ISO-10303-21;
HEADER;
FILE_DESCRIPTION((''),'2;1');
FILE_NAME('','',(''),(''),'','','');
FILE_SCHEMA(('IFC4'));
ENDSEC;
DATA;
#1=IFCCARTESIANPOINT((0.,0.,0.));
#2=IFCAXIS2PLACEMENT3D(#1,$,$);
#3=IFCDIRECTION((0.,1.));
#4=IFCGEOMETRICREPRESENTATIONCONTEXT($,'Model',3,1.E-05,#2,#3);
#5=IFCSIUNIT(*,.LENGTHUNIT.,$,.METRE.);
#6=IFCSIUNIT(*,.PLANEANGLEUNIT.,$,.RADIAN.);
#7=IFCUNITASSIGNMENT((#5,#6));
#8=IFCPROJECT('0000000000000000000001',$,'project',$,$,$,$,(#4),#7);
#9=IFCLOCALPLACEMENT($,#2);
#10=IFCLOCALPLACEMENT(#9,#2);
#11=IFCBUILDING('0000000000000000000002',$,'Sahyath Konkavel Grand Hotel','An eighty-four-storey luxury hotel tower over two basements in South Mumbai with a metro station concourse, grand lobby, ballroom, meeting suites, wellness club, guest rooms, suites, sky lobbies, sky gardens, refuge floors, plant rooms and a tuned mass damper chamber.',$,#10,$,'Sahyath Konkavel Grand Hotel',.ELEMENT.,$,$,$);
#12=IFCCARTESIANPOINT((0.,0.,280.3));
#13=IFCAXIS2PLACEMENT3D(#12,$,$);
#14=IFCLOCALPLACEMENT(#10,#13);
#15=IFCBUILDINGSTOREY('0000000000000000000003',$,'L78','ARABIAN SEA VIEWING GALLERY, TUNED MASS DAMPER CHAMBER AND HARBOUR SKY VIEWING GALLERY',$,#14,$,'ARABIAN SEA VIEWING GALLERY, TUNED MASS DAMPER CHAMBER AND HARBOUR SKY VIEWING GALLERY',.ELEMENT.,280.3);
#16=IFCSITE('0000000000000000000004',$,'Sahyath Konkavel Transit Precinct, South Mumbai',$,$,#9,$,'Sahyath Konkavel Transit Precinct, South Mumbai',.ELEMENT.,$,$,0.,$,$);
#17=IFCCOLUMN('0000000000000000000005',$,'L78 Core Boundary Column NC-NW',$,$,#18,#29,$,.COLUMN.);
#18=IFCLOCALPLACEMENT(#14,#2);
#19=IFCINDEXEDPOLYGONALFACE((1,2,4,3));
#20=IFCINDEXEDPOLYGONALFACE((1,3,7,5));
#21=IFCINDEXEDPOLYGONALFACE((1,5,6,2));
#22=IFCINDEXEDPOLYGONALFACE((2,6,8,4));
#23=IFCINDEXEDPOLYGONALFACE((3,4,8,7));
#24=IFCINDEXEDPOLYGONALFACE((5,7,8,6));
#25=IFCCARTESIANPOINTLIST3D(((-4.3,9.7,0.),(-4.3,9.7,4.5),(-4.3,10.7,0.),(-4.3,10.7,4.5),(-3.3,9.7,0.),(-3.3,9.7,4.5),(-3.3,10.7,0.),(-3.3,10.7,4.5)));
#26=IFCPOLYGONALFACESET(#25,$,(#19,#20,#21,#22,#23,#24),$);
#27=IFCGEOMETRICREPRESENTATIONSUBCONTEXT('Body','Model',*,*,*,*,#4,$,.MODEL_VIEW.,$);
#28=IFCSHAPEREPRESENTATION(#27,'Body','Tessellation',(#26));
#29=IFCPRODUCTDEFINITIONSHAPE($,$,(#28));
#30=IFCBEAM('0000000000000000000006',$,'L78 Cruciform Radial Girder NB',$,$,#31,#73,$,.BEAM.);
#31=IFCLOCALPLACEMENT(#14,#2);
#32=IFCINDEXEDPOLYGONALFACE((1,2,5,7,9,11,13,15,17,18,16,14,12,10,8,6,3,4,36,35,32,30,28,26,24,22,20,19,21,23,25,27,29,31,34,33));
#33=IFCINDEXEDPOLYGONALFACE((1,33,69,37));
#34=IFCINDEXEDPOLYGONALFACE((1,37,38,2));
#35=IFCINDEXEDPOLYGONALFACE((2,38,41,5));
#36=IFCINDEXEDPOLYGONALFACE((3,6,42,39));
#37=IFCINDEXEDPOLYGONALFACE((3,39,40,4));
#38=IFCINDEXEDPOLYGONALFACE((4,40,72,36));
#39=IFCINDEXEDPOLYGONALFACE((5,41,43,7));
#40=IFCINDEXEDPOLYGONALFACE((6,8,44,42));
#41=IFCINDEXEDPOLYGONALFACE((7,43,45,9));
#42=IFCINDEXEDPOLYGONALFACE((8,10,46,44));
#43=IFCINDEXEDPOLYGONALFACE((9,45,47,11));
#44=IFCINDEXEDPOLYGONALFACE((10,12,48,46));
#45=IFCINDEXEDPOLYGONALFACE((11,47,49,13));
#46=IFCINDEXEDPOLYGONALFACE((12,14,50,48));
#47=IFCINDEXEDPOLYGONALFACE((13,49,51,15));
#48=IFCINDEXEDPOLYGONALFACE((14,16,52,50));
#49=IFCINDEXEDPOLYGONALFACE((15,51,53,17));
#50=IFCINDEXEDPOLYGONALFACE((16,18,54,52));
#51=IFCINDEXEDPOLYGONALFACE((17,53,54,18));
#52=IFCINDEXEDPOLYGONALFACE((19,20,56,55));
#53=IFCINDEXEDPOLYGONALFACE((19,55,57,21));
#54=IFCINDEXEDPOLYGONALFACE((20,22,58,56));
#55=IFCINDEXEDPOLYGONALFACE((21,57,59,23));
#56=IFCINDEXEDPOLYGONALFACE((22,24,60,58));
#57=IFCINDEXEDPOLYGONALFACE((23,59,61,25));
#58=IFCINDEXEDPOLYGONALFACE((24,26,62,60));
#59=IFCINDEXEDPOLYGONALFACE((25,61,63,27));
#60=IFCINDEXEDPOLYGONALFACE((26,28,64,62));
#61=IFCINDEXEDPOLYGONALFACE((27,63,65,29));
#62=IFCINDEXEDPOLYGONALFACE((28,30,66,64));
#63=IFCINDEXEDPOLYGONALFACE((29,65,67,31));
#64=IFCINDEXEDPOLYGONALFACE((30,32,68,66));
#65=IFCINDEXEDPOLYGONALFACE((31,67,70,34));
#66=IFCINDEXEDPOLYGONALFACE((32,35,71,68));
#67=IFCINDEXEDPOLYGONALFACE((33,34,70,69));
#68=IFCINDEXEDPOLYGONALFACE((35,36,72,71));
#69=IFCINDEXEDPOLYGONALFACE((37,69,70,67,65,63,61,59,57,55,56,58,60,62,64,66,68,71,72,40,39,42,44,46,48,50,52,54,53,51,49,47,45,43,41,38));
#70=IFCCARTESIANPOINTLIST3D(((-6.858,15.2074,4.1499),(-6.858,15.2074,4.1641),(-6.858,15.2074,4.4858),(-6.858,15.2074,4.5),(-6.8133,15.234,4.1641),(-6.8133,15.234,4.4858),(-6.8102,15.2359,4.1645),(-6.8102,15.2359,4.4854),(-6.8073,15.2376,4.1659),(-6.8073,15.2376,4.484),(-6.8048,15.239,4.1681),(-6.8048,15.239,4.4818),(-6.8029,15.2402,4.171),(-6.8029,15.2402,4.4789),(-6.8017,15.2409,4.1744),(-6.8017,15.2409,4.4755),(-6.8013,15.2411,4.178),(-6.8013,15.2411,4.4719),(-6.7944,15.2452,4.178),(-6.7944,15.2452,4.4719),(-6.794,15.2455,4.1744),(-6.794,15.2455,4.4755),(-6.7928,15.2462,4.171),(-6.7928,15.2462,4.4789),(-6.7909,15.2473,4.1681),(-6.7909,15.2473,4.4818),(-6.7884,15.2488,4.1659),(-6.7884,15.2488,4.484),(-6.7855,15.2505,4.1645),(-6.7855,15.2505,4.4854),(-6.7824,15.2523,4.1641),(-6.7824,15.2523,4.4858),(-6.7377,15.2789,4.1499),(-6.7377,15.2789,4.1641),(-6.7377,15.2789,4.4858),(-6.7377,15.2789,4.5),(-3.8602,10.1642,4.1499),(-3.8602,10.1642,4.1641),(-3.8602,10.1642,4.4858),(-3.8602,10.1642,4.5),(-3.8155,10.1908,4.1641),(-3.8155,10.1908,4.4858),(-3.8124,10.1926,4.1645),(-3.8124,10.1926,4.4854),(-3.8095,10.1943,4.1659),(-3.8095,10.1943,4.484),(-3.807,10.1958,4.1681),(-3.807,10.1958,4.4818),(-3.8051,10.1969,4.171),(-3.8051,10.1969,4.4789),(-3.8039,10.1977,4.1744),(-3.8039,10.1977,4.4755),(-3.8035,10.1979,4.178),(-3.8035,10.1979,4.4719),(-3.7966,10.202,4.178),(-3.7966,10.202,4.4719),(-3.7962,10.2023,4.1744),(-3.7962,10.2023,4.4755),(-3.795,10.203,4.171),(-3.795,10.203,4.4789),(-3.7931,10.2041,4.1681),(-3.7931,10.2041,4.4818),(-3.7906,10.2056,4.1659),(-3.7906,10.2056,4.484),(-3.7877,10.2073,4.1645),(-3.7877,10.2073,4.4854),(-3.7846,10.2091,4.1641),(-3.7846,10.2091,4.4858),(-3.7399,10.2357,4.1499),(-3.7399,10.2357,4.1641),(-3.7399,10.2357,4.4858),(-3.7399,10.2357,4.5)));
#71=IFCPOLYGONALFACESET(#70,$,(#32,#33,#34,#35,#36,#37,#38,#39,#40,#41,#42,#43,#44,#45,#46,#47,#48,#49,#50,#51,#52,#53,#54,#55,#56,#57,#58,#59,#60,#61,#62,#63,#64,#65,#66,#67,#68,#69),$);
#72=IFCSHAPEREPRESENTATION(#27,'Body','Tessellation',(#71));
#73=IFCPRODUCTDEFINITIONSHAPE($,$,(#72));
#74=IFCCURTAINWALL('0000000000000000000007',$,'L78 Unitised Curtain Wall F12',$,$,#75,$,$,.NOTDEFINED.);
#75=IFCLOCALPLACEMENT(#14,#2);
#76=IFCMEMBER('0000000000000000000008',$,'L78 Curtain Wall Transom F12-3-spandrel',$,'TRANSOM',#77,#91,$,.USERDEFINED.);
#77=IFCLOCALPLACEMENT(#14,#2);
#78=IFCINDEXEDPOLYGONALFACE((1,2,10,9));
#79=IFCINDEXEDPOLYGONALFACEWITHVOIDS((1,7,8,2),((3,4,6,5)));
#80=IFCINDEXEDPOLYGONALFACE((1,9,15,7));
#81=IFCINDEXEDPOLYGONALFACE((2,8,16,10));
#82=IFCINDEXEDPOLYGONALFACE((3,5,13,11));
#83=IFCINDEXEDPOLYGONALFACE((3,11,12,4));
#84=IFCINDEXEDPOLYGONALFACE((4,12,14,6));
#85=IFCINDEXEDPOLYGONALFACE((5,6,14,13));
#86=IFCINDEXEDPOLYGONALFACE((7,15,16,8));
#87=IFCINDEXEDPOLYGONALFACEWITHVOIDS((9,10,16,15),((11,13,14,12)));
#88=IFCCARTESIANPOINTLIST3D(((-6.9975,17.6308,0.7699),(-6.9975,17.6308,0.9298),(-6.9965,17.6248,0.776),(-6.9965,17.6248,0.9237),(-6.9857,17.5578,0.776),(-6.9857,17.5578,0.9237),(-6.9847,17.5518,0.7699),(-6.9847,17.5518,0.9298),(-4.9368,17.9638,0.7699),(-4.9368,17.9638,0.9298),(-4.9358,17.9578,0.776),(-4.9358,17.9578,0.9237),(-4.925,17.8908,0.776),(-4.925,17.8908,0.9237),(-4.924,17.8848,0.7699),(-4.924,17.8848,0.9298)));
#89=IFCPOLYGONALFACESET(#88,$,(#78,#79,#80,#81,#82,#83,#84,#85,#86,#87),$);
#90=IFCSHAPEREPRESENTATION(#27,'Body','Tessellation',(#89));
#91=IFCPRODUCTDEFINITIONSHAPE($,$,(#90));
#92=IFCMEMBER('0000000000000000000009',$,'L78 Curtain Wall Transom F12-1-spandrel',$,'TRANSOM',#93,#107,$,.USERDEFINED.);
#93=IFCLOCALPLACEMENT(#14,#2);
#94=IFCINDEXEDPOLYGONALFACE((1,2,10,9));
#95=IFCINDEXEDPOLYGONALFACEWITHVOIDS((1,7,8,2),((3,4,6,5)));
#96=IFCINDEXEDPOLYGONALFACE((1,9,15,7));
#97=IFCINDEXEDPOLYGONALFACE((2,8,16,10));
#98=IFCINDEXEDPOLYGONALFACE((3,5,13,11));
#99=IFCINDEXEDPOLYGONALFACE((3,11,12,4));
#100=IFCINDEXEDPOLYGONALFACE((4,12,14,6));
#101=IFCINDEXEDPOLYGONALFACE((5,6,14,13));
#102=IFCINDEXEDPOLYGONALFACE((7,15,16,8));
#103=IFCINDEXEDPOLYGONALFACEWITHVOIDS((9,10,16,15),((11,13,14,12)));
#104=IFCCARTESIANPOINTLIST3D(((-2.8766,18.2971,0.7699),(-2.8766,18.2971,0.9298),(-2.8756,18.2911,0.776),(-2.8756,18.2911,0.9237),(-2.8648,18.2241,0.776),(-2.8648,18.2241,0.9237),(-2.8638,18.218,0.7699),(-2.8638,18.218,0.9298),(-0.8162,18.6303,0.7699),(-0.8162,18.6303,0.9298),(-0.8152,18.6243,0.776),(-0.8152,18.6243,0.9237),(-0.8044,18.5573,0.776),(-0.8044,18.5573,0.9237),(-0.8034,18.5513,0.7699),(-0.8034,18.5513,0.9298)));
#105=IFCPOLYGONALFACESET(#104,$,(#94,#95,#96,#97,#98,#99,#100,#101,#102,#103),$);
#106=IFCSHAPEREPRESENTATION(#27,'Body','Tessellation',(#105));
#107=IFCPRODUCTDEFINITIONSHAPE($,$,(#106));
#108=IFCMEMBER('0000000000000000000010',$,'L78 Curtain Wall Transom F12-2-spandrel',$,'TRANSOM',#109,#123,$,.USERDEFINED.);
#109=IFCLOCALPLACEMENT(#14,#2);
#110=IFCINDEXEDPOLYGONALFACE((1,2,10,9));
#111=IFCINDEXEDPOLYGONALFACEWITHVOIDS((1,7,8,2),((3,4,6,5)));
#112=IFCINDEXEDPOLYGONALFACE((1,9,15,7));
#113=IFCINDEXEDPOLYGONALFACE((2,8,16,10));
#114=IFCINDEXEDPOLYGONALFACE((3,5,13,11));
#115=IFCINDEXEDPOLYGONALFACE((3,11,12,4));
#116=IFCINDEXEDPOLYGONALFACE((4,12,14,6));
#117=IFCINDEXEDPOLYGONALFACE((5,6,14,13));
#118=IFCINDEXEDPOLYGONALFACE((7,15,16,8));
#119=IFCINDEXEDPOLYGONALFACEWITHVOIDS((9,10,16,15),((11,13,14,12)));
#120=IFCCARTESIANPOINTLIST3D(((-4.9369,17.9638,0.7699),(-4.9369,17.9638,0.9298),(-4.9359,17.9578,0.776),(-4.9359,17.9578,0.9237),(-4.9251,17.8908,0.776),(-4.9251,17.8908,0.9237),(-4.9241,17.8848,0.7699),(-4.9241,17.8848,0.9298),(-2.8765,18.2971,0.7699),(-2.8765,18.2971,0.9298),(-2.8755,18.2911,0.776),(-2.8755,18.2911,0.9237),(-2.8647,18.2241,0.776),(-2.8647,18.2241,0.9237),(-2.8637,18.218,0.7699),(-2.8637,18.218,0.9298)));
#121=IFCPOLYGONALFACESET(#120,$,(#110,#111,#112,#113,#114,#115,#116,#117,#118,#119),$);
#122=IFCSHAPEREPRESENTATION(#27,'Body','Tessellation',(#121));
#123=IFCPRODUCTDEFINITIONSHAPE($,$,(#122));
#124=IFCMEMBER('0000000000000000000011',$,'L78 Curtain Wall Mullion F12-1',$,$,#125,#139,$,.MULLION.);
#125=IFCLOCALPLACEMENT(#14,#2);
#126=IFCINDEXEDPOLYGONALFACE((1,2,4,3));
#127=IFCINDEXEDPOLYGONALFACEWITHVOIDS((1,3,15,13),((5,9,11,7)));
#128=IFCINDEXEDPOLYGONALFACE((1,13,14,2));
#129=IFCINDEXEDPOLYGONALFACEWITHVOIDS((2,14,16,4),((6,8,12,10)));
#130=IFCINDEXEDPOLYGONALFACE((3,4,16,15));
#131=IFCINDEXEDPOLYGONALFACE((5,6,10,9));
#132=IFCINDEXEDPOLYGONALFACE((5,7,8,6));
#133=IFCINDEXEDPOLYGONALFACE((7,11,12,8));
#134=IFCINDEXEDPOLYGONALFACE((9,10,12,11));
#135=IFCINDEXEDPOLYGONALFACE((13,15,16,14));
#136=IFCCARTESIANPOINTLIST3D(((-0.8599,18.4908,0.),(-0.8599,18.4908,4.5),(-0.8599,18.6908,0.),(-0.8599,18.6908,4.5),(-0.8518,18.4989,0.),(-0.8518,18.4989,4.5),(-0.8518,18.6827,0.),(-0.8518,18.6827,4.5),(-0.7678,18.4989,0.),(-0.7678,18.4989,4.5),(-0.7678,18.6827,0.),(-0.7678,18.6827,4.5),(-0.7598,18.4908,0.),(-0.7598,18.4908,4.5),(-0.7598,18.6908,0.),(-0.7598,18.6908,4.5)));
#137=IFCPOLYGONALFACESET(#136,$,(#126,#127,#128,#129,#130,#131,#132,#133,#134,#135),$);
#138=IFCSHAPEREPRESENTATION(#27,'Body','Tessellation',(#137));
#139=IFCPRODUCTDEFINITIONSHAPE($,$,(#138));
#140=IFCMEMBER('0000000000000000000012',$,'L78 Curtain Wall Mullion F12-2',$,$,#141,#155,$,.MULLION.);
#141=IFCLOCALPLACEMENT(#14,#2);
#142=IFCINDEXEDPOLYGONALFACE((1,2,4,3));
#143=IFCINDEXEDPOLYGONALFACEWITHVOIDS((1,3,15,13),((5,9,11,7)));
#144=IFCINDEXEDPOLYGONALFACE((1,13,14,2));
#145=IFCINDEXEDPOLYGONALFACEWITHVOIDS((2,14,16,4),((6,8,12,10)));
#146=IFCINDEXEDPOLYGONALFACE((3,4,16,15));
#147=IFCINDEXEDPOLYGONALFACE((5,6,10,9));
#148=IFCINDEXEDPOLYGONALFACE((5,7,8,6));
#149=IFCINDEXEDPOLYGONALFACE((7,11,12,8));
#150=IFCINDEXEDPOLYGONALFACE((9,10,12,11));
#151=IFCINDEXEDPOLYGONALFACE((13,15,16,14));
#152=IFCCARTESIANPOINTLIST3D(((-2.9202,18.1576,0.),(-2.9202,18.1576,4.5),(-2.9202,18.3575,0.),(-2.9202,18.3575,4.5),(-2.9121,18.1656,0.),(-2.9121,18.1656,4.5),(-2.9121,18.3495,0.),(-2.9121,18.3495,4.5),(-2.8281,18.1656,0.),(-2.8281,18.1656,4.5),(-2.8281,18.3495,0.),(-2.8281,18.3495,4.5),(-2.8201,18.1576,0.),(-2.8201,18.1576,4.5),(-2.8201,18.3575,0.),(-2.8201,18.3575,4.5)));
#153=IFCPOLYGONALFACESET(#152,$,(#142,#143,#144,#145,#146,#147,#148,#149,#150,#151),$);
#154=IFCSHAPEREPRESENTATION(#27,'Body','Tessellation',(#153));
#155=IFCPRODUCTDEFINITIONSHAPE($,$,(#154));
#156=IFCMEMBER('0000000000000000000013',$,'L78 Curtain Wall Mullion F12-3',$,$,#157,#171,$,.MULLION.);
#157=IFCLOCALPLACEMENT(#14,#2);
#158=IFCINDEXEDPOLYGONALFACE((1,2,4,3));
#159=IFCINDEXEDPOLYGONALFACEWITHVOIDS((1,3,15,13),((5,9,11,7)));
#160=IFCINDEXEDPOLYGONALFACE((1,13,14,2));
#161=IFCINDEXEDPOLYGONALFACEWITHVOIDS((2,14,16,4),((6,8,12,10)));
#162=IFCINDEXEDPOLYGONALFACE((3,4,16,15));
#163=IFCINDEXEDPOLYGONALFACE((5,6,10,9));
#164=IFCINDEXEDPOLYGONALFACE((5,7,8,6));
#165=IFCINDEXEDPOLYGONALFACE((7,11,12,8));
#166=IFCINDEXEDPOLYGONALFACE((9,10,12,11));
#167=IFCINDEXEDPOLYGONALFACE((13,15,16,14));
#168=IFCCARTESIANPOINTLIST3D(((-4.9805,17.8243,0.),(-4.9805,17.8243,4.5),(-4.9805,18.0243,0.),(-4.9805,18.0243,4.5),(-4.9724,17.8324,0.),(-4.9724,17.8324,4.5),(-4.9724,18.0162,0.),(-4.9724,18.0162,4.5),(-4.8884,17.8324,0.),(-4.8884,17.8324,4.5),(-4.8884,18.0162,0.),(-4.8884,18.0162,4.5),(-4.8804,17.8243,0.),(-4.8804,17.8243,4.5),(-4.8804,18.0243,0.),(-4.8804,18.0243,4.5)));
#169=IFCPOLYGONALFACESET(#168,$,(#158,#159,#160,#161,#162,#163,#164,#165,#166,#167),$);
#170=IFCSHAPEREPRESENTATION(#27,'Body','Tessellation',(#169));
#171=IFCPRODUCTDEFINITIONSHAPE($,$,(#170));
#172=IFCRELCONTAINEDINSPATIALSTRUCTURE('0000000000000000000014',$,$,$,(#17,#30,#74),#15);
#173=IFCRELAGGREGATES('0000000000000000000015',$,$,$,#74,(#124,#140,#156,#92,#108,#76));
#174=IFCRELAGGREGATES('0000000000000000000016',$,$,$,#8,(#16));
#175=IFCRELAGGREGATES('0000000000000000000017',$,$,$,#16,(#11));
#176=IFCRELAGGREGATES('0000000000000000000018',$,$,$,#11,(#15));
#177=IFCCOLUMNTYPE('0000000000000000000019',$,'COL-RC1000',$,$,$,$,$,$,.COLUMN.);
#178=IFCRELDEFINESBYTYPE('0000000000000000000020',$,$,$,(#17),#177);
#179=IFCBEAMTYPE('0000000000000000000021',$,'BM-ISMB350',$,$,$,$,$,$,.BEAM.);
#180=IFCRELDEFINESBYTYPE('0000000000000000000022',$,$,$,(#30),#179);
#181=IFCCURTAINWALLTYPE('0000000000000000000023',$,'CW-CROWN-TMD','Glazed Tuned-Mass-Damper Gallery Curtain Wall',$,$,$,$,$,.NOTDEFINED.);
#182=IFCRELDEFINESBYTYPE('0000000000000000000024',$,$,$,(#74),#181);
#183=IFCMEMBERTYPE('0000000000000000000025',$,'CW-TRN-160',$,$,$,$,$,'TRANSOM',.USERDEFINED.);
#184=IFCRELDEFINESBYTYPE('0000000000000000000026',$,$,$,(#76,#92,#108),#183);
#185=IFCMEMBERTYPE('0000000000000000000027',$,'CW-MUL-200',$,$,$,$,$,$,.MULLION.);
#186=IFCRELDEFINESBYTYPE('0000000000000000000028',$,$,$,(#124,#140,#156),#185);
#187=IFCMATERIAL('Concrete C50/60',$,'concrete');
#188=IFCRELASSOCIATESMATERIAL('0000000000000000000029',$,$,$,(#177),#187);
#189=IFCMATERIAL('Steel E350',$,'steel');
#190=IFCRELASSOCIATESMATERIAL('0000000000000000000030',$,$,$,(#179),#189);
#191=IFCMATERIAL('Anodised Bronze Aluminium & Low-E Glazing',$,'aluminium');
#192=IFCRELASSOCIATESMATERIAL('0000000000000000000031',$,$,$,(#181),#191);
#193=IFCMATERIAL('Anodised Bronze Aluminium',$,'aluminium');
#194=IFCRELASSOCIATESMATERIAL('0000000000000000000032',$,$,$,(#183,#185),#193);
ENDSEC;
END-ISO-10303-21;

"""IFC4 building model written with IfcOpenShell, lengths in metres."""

from ifc_helpers import new_model, si_unit, direction, frame, origin, origin_2d, place, context, subcontext, project, spatial, rectangle, hollow_rectangle, i_section, extrude, source, transform, mapped, material, material_profile, profile_set, type_object, element, aggregate, save


model = new_model("IFC4")

# Units and contexts
model_context = context("Model", 3, precision=1e-05, world=origin(), true_north=direction((0.0, 1.0)))
body_context = subcontext(model_context, "Body", "Model", "MODEL_VIEW")
ifc_project = project(units=[si_unit("LENGTHUNIT", "METRE"), si_unit("PLANEANGLEUNIT", "RADIAN")], contexts=[model_context])

# Site, building, storey
site_placement = place(None, origin())
site = spatial("IfcSite", under=ifc_project, at=site_placement, Name="Sahyath Konkavel Transit Precinct, South Mumbai", LongName="Sahyath Konkavel Transit Precinct, South Mumbai", CompositionType="ELEMENT", RefElevation=0.0)
building_placement = place(site_placement, origin())
building = spatial("IfcBuilding", under=site, at=building_placement, Name="Sahyath Konkavel Grand Hotel", Description="An eighty-four-storey luxury hotel tower over two basements in South Mumbai with a metro station concourse, grand lobby, ballroom, meeting suites, wellness club, guest rooms, suites, sky lobbies, sky gardens, refuge floors, plant rooms and a tuned mass damper chamber.", LongName="Sahyath Konkavel Grand Hotel", CompositionType="ELEMENT")
storey_placement = place(building_placement, frame((0.0, 0.0, 280.3)))
storey = spatial("IfcBuildingStorey", under=building, at=storey_placement, Name="L78", Description="ARABIAN SEA VIEWING GALLERY, TUNED MASS DAMPER CHAMBER AND HARBOUR SKY VIEWING GALLERY", LongName="ARABIAN SEA VIEWING GALLERY, TUNED MASS DAMPER CHAMBER AND HARBOUR SKY VIEWING GALLERY", CompositionType="ELEMENT", Elevation=280.3)

# Column
ifc_material_1 = material(Name="Concrete C50/60", Category="concrete")
ifc_material_profile_1 = material_profile(ifc_material_1, rectangle(XDim=1.0, YDim=1.0, at=origin_2d()), Name="RC 1000x1000")
ifc_profile_set_1 = profile_set([ifc_material_profile_1], Name="Concrete C50/60")
column_type = type_object("IfcColumnType", Name="COL-RC1000", PredefinedType="COLUMN", material=ifc_profile_set_1)
shared_shape_1 = source(origin(), body_context, "Body", "SweptSolid", [
    extrude(rectangle(XDim=1.0, YDim=1.0, at=origin_2d()), origin(), (0.0, 0.0, 1.0), 4.5),
])
column_placement = place(storey_placement, frame((-3.8, 10.2, 0.0), z_axis=(0.0, 0.0, 1.0), x_axis=(1.0, 0.0, 0.0)))
element("IfcColumn", 1, at=column_placement, inside=storey, type_object=column_type, Name="L78 Core Boundary Column NC-NW", PredefinedType="COLUMN", context=body_context, shape_type="MappedRepresentation", body=[
    mapped(shared_shape_1, transform((0.0, 0.0, 0.0), scale=1.0)),
])

# Beam
ifc_material_2 = material(Name="Steel E350", Category="steel")
ifc_material_profile_2 = material_profile(ifc_material_2, i_section(OverallWidth=0.1399, OverallDepth=0.3501, WebThickness=0.0081, FlangeThickness=0.0142, FilletRadius=0.0139, at=origin_2d()), Name="ISMB 350")
ifc_profile_set_2 = profile_set([ifc_material_profile_2], Name="Steel E350")
beam_type = type_object("IfcBeamType", Name="BM-ISMB350", PredefinedType="BEAM", material=ifc_profile_set_2)
shared_shape_2 = source(origin(), body_context, "Body", "SweptSolid", [
    extrude(i_section(OverallWidth=0.1399, OverallDepth=0.3501, WebThickness=0.0081, FlangeThickness=0.0142, FilletRadius=0.0139, at=origin_2d()), origin(), (0.0, 0.0, 1.0), 5.8669),
])
beam_placement = place(storey_placement, frame((-3.8, 10.2, 4.325), z_axis=(-0.510967, 0.859601, 0.0), x_axis=(-0.859601, -0.510967, 0.0)))
element("IfcBeam", 2, at=beam_placement, inside=storey, type_object=beam_type, Name="L78 Cruciform Radial Girder NB", PredefinedType="BEAM", context=body_context, shape_type="MappedRepresentation", body=[
    mapped(shared_shape_2, transform((0.0, 0.0, 0.0), scale=1.0)),
])

# Curtain wall, members
ifc_material_3 = material(Name="Anodised Bronze Aluminium & Low-E Glazing", Category="aluminium")
curtain_wall_type = type_object("IfcCurtainWallType", Name="CW-CROWN-TMD", Description="Glazed Tuned-Mass-Damper Gallery Curtain Wall", PredefinedType="NOTDEFINED", material=ifc_material_3)
curtain_wall_placement = place(storey_placement, origin())
curtain_wall = element("IfcCurtainWall", 3, at=curtain_wall_placement, inside=storey, type_object=curtain_wall_type, Name="L78 Unitised Curtain Wall F12", PredefinedType="NOTDEFINED")
ifc_material_4 = material(Name="Anodised Bronze Aluminium", Category="aluminium")
ifc_material_profile_3 = material_profile(ifc_material_4, hollow_rectangle(XDim=0.0801, YDim=0.1599, WallThickness=0.0061, at=origin_2d()), Name="RHS 160x80x6")
ifc_profile_set_3 = profile_set([ifc_material_profile_3], Name="Anodised Bronze Aluminium")
member_type_1 = type_object("IfcMemberType", Name="CW-TRN-160", ElementType="TRANSOM", PredefinedType="USERDEFINED", material=ifc_profile_set_3)
shared_shape_3 = source(origin(), body_context, "Body", "SweptSolid", [
    extrude(hollow_rectangle(XDim=0.0801, YDim=0.1599, WallThickness=0.0061, at=origin_2d()), origin(), (0.0, 0.0, 1.0), 2.0874),
])
member_1_placement = place(storey_placement, frame((-4.9304, 17.9243, 0.8499), z_axis=(-0.987191, -0.159541, 0.0), x_axis=(0.159541, -0.987191, 0.0)))
member_1 = element("IfcMember", 4, at=member_1_placement, type_object=member_type_1, Name="L78 Curtain Wall Transom F12-3-spandrel", ObjectType="TRANSOM", PredefinedType="USERDEFINED", context=body_context, shape_type="MappedRepresentation", body=[
    mapped(shared_shape_3, transform((0.0, 0.0, 0.0), scale=1.0)),
])
shared_shape_4 = source(origin(), body_context, "Body", "SweptSolid", [
    extrude(hollow_rectangle(XDim=0.0801, YDim=0.1599, WallThickness=0.0061, at=origin_2d()), origin(), (0.0, 0.0, 1.0), 2.0872),
])
member_2_placement = place(storey_placement, frame((-0.8098, 18.5908, 0.8499), z_axis=(-0.98717, -0.159674, 0.0), x_axis=(0.159674, -0.98717, 0.0)))
member_2 = element("IfcMember", 5, at=member_2_placement, type_object=member_type_1, Name="L78 Curtain Wall Transom F12-1-spandrel", ObjectType="TRANSOM", PredefinedType="USERDEFINED", context=body_context, shape_type="MappedRepresentation", body=[
    mapped(shared_shape_4, transform((0.0, 0.0, 0.0), scale=1.0)),
])
member_3_placement = place(storey_placement, frame((-2.8701, 18.2576, 0.8499), z_axis=(-0.98717, -0.159674, 0.0), x_axis=(0.159674, -0.98717, 0.0)))
member_3 = element("IfcMember", 6, at=member_3_placement, type_object=member_type_1, Name="L78 Curtain Wall Transom F12-2-spandrel", ObjectType="TRANSOM", PredefinedType="USERDEFINED", context=body_context, shape_type="MappedRepresentation", body=[
    mapped(shared_shape_4, transform((0.0, 0.0, 0.0), scale=1.0)),
])
ifc_material_profile_4 = material_profile(ifc_material_4, hollow_rectangle(XDim=0.1001, YDim=0.2, WallThickness=0.0081, at=origin_2d()), Name="RHS 200x100x8")
ifc_profile_set_4 = profile_set([ifc_material_profile_4], Name="Anodised Bronze Aluminium")
member_type_2 = type_object("IfcMemberType", Name="CW-MUL-200", PredefinedType="MULLION", material=ifc_profile_set_4)
shared_shape_5 = source(origin(), body_context, "Body", "SweptSolid", [
    extrude(hollow_rectangle(XDim=0.1001, YDim=0.2, WallThickness=0.0081, at=origin_2d()), origin(), (0.0, 0.0, 1.0), 4.5),
])
member_4_placement = place(storey_placement, frame((-0.8098, 18.5908, 0.0), z_axis=(0.0, 0.0, 1.0), x_axis=(1.0, 0.0, 0.0)))
member_4 = element("IfcMember", 7, at=member_4_placement, type_object=member_type_2, Name="L78 Curtain Wall Mullion F12-1", PredefinedType="MULLION", context=body_context, shape_type="MappedRepresentation", body=[
    mapped(shared_shape_5, transform((0.0, 0.0, 0.0), scale=1.0)),
])
member_5_placement = place(storey_placement, frame((-2.8701, 18.2576, 0.0), z_axis=(0.0, 0.0, 1.0), x_axis=(1.0, 0.0, 0.0)))
member_5 = element("IfcMember", 8, at=member_5_placement, type_object=member_type_2, Name="L78 Curtain Wall Mullion F12-2", PredefinedType="MULLION", context=body_context, shape_type="MappedRepresentation", body=[
    mapped(shared_shape_5, transform((0.0, 0.0, 0.0), scale=1.0)),
])
member_6_placement = place(storey_placement, frame((-4.9304, 17.9243, 0.0), z_axis=(0.0, 0.0, 1.0), x_axis=(1.0, 0.0, 0.0)))
member_6 = element("IfcMember", 9, at=member_6_placement, type_object=member_type_2, Name="L78 Curtain Wall Mullion F12-3", PredefinedType="MULLION", context=body_context, shape_type="MappedRepresentation", body=[
    mapped(shared_shape_5, transform((0.0, 0.0, 0.0), scale=1.0)),
])

aggregate(curtain_wall, [member_4, member_5, member_6, member_2, member_3, member_1])

save(model, "model.ifc")
